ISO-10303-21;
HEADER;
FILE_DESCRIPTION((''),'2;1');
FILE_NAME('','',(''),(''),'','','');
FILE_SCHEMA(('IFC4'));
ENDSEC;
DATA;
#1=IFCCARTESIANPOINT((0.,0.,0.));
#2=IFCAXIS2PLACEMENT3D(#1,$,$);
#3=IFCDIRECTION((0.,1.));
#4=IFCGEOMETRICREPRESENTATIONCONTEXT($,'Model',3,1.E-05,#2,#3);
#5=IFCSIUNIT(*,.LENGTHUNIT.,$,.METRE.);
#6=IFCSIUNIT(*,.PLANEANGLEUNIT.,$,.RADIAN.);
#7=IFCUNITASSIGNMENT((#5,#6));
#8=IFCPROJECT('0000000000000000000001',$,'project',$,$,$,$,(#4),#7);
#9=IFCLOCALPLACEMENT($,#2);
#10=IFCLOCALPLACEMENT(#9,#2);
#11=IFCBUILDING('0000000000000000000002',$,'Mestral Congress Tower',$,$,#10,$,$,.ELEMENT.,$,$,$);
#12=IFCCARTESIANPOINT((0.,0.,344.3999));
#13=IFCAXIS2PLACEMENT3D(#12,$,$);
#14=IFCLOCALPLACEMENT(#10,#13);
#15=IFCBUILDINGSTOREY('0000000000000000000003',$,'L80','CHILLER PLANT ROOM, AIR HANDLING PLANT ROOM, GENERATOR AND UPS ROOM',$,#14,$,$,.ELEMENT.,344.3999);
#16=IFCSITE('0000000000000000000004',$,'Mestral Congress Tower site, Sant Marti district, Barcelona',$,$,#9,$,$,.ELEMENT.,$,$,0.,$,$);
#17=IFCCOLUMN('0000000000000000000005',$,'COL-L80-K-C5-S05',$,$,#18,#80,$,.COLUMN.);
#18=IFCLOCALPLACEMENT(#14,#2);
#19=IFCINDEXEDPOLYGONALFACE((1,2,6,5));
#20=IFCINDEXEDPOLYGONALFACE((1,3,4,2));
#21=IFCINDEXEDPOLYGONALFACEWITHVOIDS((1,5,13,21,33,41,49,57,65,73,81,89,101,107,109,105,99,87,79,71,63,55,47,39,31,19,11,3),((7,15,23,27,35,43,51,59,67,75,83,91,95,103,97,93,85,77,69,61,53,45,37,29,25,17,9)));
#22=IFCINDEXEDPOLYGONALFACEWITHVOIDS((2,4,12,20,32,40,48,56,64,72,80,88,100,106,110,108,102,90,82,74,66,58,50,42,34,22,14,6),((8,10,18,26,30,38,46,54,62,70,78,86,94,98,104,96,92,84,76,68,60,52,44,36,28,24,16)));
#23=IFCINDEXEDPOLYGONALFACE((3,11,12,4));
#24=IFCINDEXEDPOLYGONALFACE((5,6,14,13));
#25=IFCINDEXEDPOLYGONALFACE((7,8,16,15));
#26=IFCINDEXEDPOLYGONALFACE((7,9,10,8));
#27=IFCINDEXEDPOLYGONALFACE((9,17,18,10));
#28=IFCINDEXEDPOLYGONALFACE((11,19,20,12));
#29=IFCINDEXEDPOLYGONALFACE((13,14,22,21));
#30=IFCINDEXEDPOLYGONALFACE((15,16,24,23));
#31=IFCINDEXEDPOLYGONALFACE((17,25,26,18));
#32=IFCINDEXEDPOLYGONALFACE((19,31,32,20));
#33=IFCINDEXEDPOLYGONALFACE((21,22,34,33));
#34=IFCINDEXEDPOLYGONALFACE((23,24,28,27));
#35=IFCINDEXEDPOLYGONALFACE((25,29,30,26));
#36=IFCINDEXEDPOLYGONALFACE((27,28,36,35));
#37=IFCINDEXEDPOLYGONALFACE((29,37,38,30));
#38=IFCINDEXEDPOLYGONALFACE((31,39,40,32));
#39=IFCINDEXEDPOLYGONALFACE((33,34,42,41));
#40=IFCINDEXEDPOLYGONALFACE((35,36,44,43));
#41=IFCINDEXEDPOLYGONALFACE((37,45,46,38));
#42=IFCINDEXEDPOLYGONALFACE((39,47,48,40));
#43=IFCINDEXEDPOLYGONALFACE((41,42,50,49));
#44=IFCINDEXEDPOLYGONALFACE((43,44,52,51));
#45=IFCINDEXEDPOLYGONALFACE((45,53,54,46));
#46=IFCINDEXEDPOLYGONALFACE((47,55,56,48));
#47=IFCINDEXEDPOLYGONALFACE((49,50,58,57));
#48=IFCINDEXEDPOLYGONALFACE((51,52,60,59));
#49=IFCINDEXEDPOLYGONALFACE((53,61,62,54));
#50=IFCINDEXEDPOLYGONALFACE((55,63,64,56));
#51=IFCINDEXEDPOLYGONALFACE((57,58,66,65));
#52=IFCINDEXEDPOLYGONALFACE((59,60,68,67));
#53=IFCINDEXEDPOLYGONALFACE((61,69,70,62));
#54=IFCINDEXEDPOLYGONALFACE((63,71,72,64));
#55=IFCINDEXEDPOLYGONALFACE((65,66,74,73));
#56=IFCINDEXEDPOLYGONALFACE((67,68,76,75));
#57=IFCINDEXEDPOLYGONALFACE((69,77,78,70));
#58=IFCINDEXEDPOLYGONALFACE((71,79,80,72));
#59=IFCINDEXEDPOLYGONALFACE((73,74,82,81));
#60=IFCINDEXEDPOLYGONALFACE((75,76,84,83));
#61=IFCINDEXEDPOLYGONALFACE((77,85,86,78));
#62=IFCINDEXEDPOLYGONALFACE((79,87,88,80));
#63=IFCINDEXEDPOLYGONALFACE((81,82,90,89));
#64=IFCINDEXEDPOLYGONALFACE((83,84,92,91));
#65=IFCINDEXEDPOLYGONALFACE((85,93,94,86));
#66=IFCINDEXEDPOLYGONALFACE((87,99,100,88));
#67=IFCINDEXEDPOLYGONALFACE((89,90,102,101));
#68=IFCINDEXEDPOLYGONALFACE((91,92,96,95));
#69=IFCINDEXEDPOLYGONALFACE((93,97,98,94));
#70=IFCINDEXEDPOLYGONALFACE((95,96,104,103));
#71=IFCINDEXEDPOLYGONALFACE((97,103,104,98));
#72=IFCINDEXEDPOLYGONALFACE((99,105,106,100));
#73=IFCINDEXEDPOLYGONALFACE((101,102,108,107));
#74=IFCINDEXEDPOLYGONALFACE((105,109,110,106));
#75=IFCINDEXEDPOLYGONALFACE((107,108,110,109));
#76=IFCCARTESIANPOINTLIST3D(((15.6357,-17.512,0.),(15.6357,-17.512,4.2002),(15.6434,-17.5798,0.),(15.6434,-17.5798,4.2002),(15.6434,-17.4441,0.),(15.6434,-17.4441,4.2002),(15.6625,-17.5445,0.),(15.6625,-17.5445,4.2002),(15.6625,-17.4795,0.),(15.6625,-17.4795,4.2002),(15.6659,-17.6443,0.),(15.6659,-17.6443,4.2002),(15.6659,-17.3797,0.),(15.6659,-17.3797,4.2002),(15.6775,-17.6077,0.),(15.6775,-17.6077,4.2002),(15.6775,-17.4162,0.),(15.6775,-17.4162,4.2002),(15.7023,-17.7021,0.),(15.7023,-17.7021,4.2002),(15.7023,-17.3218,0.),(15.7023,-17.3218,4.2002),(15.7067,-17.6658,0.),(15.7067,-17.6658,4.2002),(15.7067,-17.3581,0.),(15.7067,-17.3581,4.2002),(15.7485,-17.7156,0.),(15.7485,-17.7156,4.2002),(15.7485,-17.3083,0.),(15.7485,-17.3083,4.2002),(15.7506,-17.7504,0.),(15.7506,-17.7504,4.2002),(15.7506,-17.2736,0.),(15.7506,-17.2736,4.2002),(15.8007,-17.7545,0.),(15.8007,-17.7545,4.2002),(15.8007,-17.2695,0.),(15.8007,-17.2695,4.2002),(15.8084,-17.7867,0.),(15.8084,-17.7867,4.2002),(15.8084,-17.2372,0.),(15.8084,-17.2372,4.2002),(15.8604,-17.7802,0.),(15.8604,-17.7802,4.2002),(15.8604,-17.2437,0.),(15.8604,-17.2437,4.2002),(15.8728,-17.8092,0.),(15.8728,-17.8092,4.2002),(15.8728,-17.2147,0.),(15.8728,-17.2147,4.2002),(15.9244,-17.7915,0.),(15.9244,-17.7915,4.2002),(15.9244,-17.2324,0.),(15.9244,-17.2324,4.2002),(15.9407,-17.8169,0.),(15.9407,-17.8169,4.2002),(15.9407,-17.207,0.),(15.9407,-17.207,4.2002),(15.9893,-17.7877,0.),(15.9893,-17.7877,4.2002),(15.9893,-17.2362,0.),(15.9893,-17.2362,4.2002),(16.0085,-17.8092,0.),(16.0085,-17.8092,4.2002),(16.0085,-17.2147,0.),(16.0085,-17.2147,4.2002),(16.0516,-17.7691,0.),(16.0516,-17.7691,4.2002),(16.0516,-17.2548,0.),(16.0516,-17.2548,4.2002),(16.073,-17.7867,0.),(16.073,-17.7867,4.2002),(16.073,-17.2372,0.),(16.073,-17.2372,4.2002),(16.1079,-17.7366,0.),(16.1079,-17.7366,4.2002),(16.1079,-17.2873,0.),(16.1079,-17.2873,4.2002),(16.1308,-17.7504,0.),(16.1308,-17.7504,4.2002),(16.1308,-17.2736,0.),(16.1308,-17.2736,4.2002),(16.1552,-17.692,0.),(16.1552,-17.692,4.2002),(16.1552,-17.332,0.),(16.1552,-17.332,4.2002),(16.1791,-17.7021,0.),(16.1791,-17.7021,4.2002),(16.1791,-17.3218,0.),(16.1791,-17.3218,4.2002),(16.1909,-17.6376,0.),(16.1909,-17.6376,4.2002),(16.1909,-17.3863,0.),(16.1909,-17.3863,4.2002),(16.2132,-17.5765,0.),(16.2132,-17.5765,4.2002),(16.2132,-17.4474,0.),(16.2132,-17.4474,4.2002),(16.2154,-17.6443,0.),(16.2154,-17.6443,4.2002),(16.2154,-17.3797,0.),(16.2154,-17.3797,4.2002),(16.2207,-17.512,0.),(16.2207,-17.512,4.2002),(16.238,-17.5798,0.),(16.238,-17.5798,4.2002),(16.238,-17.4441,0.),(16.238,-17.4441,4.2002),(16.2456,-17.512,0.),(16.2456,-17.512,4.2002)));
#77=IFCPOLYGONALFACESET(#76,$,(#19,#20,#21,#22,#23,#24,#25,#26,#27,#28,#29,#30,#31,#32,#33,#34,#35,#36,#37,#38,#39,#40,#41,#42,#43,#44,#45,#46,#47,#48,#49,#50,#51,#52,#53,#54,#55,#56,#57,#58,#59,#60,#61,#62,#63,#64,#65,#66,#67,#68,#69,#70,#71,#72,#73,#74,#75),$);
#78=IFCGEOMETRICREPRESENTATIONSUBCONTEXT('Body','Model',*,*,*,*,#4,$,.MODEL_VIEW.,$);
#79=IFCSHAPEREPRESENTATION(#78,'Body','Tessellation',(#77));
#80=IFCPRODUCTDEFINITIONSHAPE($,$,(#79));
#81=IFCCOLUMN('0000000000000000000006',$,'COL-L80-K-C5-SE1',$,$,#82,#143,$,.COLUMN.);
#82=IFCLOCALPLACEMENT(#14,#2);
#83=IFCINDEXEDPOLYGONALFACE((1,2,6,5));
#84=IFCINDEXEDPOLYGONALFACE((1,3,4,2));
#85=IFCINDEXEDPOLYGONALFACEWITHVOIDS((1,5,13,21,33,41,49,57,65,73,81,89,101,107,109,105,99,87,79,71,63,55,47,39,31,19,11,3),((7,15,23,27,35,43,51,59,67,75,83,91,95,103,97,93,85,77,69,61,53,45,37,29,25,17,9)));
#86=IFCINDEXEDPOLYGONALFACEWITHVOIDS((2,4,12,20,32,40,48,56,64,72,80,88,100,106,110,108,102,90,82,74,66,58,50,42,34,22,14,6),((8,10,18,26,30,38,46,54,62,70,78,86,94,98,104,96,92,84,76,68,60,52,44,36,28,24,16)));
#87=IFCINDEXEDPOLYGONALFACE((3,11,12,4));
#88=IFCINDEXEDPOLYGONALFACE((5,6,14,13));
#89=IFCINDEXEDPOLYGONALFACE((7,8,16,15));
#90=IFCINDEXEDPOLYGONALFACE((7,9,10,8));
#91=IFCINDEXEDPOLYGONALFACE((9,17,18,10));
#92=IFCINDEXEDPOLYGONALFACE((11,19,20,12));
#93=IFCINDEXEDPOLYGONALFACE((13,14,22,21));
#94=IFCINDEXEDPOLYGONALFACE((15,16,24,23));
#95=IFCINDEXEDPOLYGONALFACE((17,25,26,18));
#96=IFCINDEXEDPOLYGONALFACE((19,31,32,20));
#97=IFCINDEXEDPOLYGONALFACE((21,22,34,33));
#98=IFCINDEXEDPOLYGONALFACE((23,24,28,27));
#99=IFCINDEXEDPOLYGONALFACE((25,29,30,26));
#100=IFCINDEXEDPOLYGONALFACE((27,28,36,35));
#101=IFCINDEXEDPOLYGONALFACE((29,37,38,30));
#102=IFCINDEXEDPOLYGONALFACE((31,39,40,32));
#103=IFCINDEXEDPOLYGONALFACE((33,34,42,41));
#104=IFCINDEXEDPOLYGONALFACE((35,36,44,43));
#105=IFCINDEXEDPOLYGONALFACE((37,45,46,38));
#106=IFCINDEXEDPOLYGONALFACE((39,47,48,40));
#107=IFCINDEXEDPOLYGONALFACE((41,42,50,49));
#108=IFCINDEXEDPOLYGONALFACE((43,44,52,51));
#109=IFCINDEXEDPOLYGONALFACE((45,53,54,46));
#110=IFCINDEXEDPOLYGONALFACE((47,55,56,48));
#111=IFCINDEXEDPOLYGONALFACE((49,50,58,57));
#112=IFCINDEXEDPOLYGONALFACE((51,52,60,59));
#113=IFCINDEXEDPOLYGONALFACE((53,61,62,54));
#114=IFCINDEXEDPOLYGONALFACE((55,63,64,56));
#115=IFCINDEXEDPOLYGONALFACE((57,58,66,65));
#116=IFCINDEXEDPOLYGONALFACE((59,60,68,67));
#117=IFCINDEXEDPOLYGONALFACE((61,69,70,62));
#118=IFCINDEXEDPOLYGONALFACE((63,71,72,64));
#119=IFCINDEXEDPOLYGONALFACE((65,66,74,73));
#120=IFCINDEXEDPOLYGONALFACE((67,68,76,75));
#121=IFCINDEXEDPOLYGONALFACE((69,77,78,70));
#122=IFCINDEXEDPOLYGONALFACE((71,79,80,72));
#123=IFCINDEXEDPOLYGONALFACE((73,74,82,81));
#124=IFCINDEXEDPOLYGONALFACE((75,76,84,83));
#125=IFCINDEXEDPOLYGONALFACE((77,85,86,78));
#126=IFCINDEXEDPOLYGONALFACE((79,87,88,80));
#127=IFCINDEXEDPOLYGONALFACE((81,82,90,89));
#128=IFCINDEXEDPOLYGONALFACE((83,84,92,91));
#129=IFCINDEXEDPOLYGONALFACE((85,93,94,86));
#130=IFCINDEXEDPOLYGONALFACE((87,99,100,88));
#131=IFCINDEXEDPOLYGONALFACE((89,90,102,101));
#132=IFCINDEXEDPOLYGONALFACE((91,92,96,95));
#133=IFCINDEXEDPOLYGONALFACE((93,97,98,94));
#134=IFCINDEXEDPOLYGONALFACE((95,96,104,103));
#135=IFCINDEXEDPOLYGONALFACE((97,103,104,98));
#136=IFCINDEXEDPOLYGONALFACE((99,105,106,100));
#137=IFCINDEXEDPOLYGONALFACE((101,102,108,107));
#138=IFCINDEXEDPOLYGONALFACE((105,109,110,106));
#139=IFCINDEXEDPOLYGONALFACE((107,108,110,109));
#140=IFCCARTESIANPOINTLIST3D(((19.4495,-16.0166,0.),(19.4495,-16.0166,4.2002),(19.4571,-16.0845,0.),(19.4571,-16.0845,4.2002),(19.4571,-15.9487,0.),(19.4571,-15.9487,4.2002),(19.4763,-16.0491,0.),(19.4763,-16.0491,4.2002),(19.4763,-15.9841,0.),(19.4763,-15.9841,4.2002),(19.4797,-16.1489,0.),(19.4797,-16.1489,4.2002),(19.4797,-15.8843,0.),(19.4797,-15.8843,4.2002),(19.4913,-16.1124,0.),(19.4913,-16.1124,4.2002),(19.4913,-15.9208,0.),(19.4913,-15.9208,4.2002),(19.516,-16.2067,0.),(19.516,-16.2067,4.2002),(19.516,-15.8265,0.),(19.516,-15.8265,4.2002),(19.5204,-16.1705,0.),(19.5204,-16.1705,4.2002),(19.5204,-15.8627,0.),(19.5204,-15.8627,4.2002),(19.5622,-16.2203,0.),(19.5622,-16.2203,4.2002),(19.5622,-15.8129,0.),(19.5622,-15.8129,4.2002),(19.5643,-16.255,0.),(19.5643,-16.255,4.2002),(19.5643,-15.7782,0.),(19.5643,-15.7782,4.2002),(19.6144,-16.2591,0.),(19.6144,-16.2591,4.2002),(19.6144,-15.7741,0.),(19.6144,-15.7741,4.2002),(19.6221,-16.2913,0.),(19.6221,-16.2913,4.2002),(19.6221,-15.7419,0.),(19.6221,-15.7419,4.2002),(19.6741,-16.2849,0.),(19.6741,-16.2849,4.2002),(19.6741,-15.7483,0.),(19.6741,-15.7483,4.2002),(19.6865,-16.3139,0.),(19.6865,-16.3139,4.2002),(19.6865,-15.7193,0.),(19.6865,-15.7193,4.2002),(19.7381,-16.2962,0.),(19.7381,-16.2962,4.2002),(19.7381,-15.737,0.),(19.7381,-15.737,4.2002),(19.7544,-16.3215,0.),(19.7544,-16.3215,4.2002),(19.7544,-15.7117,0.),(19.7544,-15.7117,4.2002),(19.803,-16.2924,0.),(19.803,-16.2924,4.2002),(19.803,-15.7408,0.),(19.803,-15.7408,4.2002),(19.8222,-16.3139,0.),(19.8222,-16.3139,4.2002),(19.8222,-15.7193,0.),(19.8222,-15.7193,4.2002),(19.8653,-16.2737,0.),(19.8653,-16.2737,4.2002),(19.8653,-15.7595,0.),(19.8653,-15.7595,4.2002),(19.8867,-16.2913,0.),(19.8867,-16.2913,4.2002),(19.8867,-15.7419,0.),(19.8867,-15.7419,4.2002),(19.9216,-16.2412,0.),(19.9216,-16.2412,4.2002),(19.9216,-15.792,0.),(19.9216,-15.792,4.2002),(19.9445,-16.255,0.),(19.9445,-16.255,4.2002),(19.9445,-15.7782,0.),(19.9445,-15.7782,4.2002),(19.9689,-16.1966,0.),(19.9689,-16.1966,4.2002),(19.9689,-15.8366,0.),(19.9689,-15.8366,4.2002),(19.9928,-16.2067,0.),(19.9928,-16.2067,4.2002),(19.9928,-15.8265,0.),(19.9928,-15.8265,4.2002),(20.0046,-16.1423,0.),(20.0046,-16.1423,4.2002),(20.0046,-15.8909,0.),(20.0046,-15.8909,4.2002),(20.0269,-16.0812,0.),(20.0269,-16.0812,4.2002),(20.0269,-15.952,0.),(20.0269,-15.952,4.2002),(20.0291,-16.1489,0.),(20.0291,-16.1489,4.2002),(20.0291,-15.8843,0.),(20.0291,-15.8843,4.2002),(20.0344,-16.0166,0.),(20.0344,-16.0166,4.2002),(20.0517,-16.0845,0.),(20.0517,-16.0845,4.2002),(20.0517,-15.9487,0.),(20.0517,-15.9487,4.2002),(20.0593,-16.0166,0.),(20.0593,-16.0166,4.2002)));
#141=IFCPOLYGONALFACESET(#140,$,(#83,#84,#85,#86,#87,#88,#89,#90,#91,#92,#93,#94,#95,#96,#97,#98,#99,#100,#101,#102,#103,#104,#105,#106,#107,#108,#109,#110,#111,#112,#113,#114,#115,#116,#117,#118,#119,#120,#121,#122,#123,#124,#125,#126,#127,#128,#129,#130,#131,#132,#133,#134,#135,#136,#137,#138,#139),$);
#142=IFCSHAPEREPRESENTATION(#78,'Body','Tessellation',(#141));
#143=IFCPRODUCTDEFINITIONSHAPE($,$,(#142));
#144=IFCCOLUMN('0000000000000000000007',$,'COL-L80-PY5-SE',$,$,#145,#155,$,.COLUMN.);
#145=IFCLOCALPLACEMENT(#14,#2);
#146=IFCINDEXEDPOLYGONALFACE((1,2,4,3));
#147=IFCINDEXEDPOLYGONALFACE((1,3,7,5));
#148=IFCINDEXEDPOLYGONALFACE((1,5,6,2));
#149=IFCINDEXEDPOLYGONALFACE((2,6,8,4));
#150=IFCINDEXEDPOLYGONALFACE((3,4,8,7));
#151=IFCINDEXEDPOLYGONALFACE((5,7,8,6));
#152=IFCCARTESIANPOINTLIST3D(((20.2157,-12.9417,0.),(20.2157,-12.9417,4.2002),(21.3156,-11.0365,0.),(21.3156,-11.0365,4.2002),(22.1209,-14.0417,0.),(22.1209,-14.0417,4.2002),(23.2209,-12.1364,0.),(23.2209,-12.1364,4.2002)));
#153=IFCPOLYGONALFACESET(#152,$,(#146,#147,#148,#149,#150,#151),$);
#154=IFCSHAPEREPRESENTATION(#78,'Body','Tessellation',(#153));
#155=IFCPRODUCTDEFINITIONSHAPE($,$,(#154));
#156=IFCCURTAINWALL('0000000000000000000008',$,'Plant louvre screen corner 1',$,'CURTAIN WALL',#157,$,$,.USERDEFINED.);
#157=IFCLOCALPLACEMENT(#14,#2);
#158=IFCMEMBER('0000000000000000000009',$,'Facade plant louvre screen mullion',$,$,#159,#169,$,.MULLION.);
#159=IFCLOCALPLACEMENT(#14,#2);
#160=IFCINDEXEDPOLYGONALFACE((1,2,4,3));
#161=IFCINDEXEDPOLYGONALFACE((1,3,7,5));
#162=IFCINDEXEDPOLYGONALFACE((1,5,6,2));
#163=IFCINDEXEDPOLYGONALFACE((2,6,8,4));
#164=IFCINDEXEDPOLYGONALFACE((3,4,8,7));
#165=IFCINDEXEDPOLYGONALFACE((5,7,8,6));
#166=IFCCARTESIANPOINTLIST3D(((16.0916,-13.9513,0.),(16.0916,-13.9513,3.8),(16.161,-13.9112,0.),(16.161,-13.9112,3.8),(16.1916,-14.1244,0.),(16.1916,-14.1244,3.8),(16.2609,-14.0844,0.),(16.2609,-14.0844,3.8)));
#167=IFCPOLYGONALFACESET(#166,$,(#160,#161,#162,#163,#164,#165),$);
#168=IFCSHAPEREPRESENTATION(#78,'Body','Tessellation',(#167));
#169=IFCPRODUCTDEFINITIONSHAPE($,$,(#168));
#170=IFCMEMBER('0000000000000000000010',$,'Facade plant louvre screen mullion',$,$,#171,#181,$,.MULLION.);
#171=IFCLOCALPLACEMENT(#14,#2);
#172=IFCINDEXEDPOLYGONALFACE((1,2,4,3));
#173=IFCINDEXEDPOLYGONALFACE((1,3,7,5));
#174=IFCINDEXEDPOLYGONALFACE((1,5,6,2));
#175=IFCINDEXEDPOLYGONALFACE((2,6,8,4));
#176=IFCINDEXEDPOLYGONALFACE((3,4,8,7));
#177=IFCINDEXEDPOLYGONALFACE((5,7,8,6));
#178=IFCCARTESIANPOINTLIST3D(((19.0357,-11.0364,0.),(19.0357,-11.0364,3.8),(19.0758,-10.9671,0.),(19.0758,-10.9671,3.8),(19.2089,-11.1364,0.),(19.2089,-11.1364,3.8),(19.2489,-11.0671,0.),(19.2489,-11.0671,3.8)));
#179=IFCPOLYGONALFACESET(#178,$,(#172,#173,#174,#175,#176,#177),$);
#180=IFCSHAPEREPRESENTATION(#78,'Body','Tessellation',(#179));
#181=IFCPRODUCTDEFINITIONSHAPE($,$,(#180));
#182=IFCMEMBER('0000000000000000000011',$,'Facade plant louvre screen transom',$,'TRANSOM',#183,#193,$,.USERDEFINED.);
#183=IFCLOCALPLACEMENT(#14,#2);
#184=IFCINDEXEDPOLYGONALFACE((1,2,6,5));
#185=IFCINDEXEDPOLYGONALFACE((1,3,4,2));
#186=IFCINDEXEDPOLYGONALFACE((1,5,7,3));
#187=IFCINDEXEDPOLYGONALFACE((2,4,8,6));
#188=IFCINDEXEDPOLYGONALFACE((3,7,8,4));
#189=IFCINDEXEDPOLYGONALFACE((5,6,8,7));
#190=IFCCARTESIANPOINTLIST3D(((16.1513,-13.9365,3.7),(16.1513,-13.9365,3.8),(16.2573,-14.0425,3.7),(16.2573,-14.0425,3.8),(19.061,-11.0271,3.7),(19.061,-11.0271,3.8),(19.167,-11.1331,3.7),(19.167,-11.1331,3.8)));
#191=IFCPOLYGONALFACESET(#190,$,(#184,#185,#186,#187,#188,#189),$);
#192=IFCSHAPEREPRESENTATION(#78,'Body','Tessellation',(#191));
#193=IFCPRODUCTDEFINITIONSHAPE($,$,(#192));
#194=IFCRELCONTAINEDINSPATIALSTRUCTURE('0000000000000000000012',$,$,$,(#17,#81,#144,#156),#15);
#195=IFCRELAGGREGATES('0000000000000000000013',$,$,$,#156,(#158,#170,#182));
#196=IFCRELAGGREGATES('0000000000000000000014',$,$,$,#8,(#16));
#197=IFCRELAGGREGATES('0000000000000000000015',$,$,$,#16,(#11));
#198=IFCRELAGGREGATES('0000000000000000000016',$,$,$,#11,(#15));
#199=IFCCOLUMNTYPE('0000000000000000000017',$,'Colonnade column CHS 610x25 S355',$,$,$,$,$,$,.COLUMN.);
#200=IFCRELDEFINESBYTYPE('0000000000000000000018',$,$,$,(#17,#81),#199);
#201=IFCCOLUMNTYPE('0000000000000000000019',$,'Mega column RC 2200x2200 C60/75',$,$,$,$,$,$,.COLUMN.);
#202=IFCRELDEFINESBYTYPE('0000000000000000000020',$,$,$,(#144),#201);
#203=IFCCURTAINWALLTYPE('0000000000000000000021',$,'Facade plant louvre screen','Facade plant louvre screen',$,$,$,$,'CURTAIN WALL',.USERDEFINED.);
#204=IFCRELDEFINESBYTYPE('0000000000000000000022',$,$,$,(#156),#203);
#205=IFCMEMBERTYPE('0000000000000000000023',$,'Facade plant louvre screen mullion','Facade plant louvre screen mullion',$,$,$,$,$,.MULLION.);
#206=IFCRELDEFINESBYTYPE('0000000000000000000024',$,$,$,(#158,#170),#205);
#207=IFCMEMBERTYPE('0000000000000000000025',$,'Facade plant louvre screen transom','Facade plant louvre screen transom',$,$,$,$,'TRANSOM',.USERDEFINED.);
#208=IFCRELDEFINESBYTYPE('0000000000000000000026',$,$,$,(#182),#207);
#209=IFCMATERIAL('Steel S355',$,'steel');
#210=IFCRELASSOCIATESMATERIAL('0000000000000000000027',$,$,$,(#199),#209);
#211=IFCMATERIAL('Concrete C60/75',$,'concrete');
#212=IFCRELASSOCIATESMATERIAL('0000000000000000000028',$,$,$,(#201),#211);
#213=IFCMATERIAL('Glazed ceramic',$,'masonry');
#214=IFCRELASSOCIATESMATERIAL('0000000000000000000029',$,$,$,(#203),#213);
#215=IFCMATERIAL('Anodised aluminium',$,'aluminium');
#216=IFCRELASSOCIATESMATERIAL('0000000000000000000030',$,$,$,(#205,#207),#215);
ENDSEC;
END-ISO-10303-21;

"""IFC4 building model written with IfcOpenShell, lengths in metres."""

from ifc_helpers import new_model, si_unit, direction, frame, origin, origin_2d, place, context, subcontext, project, spatial, rectangle, hollow_circle, extrude, material, material_profile, profile_set, type_object, element, aggregate, save


model = new_model("IFC4")

# Units and contexts
model_context = context("Model", 3, precision=1e-05, world=origin(), true_north=direction((0.0, 1.0)))
body_context = subcontext(model_context, "Body", "Model", "MODEL_VIEW")
ifc_project = project(units=[si_unit("LENGTHUNIT", "METRE"), si_unit("PLANEANGLEUNIT", "RADIAN")], contexts=[model_context])

# Site, building, storey
site_placement = place(None, origin())
site = spatial("IfcSite", under=ifc_project, at=site_placement, Name="Mestral Congress Tower site, Sant Marti district, Barcelona", CompositionType="ELEMENT", RefElevation=0.0)
building_placement = place(site_placement, origin())
building = spatial("IfcBuilding", under=site, at=building_placement, Name="Mestral Congress Tower", CompositionType="ELEMENT")
storey_placement = place(building_placement, frame((0.0, 0.0, 344.3999)))
storey = spatial("IfcBuildingStorey", under=building, at=storey_placement, Name="L80", Description="CHILLER PLANT ROOM, AIR HANDLING PLANT ROOM, GENERATOR AND UPS ROOM", CompositionType="ELEMENT", Elevation=344.3999)

# Columns
ifc_material_1 = material(Name="Steel S355", Category="steel")
ifc_material_profile_1 = material_profile(ifc_material_1, hollow_circle(Radius=0.3049, WallThickness=0.0249, at=origin_2d()), Name="CHS 610x25")
ifc_profile_set_1 = profile_set([ifc_material_profile_1], Name="Steel S355")
column_type_1 = type_object("IfcColumnType", Name="Colonnade column CHS 610x25 S355", PredefinedType="COLUMN", material=ifc_profile_set_1)
for number, where, z_axis, x_axis, name in (
    (1, (15.9407, -17.512, 0.0), (0.0, 0.0, 1.0), (1.0, 0.0, 0.0), "COL-L80-K-C5-S05"),
    (2, (19.7544, -16.0166, 0.0), (0.0, 0.0, 1.0), (1.0, 0.0, 0.0), "COL-L80-K-C5-SE1"),
):
    element("IfcColumn", number, at=place(storey_placement, frame(where, z_axis=z_axis, x_axis=x_axis)), inside=storey, type_object=column_type_1, Name=name, PredefinedType="COLUMN", context=body_context, shape_type="SweptSolid", body=[
        extrude(hollow_circle(Radius=0.3049, WallThickness=0.0249, at=origin_2d()), origin(), (0.0, 0.0, 1.0), 4.2002),
    ])
ifc_material_2 = material(Name="Concrete C60/75", Category="concrete")
ifc_material_profile_2 = material_profile(ifc_material_2, rectangle(XDim=2.2, YDim=2.2, at=origin_2d()), Name="RC 2200x2200")
ifc_profile_set_2 = profile_set([ifc_material_profile_2], Name="Concrete C60/75")
column_type_2 = type_object("IfcColumnType", Name="Mega column RC 2200x2200 C60/75", PredefinedType="COLUMN", material=ifc_profile_set_2)
column_placement = place(storey_placement, frame((21.7183, -12.5391, 0.0), z_axis=(0.0, 0.0, 1.0), x_axis=(0.866025, -0.5, 0.0)))
element("IfcColumn", 3, at=column_placement, inside=storey, type_object=column_type_2, Name="COL-L80-PY5-SE", PredefinedType="COLUMN", context=body_context, shape_type="SweptSolid", body=[
    extrude(rectangle(XDim=2.2, YDim=2.2, at=origin_2d()), origin(), (0.0, 0.0, 1.0), 4.2002),
])

# Curtain wall, members
ifc_material_3 = material(Name="Glazed ceramic", Category="masonry")
curtain_wall_type = type_object("IfcCurtainWallType", Name="Facade plant louvre screen", Description="Facade plant louvre screen", ElementType="CURTAIN WALL", PredefinedType="USERDEFINED", material=ifc_material_3)
curtain_wall_placement = place(storey_placement, origin())
curtain_wall = element("IfcCurtainWall", 4, at=curtain_wall_placement, inside=storey, type_object=curtain_wall_type, Name="Plant louvre screen corner 1", ObjectType="CURTAIN WALL", PredefinedType="USERDEFINED")
ifc_material_4 = material(Name="Anodised aluminium", Category="aluminium")
ifc_material_profile_3 = material_profile(ifc_material_4, rectangle(XDim=0.2, YDim=0.0801, at=origin_2d()), Name="CW6 mullion 200 x 80")
ifc_profile_set_3 = profile_set([ifc_material_profile_3], Name="Anodised aluminium")
member_type_1 = type_object("IfcMemberType", Name="Facade plant louvre screen mullion", Description="Facade plant louvre screen mullion", PredefinedType="MULLION", material=ifc_profile_set_3)
member_1_placement = place(storey_placement, frame((16.1763, -14.0178, 0.0), z_axis=(0.0, 0.0, 1.0), x_axis=(0.5, -0.866025, 0.0)))
member_1 = element("IfcMember", 5, at=member_1_placement, type_object=member_type_1, Name="Facade plant louvre screen mullion", PredefinedType="MULLION", context=body_context, shape_type="SweptSolid", body=[
    extrude(rectangle(XDim=0.2, YDim=0.0801, at=origin_2d()), origin(), (0.0, 0.0, 1.0), 3.8),
])
member_2_placement = place(storey_placement, frame((19.1423, -11.0518, 0.0), z_axis=(0.0, 0.0, 1.0), x_axis=(0.866025, -0.5, 0.0)))
member_2 = element("IfcMember", 6, at=member_2_placement, type_object=member_type_1, Name="Facade plant louvre screen mullion", PredefinedType="MULLION", context=body_context, shape_type="SweptSolid", body=[
    extrude(rectangle(XDim=0.2, YDim=0.0801, at=origin_2d()), origin(), (0.0, 0.0, 1.0), 3.8),
])
ifc_material_profile_4 = material_profile(ifc_material_4, rectangle(XDim=0.1499, YDim=0.1001, at=origin_2d()), Name="CW6 transom 150 x 100")
ifc_profile_set_4 = profile_set([ifc_material_profile_4], Name="Anodised aluminium")
member_type_2 = type_object("IfcMemberType", Name="Facade plant louvre screen transom", Description="Facade plant louvre screen transom", ElementType="TRANSOM", PredefinedType="USERDEFINED", material=ifc_profile_set_4)
member_3_placement = place(storey_placement, frame((16.2043, -13.9895, 3.75), z_axis=(0.707136, 0.707077, 0.0), x_axis=(-0.707077, 0.707136, 0.0)))
member_3 = element("IfcMember", 7, at=member_3_placement, type_object=member_type_2, Name="Facade plant louvre screen transom", ObjectType="TRANSOM", PredefinedType="USERDEFINED", context=body_context, shape_type="SweptSolid", body=[
    extrude(rectangle(XDim=0.1499, YDim=0.1001, at=origin_2d()), origin(), (0.0, 0.0, 1.0), 4.1147),
])

aggregate(curtain_wall, [member_1, member_2, member_3])

save(model, "model.ifc")
